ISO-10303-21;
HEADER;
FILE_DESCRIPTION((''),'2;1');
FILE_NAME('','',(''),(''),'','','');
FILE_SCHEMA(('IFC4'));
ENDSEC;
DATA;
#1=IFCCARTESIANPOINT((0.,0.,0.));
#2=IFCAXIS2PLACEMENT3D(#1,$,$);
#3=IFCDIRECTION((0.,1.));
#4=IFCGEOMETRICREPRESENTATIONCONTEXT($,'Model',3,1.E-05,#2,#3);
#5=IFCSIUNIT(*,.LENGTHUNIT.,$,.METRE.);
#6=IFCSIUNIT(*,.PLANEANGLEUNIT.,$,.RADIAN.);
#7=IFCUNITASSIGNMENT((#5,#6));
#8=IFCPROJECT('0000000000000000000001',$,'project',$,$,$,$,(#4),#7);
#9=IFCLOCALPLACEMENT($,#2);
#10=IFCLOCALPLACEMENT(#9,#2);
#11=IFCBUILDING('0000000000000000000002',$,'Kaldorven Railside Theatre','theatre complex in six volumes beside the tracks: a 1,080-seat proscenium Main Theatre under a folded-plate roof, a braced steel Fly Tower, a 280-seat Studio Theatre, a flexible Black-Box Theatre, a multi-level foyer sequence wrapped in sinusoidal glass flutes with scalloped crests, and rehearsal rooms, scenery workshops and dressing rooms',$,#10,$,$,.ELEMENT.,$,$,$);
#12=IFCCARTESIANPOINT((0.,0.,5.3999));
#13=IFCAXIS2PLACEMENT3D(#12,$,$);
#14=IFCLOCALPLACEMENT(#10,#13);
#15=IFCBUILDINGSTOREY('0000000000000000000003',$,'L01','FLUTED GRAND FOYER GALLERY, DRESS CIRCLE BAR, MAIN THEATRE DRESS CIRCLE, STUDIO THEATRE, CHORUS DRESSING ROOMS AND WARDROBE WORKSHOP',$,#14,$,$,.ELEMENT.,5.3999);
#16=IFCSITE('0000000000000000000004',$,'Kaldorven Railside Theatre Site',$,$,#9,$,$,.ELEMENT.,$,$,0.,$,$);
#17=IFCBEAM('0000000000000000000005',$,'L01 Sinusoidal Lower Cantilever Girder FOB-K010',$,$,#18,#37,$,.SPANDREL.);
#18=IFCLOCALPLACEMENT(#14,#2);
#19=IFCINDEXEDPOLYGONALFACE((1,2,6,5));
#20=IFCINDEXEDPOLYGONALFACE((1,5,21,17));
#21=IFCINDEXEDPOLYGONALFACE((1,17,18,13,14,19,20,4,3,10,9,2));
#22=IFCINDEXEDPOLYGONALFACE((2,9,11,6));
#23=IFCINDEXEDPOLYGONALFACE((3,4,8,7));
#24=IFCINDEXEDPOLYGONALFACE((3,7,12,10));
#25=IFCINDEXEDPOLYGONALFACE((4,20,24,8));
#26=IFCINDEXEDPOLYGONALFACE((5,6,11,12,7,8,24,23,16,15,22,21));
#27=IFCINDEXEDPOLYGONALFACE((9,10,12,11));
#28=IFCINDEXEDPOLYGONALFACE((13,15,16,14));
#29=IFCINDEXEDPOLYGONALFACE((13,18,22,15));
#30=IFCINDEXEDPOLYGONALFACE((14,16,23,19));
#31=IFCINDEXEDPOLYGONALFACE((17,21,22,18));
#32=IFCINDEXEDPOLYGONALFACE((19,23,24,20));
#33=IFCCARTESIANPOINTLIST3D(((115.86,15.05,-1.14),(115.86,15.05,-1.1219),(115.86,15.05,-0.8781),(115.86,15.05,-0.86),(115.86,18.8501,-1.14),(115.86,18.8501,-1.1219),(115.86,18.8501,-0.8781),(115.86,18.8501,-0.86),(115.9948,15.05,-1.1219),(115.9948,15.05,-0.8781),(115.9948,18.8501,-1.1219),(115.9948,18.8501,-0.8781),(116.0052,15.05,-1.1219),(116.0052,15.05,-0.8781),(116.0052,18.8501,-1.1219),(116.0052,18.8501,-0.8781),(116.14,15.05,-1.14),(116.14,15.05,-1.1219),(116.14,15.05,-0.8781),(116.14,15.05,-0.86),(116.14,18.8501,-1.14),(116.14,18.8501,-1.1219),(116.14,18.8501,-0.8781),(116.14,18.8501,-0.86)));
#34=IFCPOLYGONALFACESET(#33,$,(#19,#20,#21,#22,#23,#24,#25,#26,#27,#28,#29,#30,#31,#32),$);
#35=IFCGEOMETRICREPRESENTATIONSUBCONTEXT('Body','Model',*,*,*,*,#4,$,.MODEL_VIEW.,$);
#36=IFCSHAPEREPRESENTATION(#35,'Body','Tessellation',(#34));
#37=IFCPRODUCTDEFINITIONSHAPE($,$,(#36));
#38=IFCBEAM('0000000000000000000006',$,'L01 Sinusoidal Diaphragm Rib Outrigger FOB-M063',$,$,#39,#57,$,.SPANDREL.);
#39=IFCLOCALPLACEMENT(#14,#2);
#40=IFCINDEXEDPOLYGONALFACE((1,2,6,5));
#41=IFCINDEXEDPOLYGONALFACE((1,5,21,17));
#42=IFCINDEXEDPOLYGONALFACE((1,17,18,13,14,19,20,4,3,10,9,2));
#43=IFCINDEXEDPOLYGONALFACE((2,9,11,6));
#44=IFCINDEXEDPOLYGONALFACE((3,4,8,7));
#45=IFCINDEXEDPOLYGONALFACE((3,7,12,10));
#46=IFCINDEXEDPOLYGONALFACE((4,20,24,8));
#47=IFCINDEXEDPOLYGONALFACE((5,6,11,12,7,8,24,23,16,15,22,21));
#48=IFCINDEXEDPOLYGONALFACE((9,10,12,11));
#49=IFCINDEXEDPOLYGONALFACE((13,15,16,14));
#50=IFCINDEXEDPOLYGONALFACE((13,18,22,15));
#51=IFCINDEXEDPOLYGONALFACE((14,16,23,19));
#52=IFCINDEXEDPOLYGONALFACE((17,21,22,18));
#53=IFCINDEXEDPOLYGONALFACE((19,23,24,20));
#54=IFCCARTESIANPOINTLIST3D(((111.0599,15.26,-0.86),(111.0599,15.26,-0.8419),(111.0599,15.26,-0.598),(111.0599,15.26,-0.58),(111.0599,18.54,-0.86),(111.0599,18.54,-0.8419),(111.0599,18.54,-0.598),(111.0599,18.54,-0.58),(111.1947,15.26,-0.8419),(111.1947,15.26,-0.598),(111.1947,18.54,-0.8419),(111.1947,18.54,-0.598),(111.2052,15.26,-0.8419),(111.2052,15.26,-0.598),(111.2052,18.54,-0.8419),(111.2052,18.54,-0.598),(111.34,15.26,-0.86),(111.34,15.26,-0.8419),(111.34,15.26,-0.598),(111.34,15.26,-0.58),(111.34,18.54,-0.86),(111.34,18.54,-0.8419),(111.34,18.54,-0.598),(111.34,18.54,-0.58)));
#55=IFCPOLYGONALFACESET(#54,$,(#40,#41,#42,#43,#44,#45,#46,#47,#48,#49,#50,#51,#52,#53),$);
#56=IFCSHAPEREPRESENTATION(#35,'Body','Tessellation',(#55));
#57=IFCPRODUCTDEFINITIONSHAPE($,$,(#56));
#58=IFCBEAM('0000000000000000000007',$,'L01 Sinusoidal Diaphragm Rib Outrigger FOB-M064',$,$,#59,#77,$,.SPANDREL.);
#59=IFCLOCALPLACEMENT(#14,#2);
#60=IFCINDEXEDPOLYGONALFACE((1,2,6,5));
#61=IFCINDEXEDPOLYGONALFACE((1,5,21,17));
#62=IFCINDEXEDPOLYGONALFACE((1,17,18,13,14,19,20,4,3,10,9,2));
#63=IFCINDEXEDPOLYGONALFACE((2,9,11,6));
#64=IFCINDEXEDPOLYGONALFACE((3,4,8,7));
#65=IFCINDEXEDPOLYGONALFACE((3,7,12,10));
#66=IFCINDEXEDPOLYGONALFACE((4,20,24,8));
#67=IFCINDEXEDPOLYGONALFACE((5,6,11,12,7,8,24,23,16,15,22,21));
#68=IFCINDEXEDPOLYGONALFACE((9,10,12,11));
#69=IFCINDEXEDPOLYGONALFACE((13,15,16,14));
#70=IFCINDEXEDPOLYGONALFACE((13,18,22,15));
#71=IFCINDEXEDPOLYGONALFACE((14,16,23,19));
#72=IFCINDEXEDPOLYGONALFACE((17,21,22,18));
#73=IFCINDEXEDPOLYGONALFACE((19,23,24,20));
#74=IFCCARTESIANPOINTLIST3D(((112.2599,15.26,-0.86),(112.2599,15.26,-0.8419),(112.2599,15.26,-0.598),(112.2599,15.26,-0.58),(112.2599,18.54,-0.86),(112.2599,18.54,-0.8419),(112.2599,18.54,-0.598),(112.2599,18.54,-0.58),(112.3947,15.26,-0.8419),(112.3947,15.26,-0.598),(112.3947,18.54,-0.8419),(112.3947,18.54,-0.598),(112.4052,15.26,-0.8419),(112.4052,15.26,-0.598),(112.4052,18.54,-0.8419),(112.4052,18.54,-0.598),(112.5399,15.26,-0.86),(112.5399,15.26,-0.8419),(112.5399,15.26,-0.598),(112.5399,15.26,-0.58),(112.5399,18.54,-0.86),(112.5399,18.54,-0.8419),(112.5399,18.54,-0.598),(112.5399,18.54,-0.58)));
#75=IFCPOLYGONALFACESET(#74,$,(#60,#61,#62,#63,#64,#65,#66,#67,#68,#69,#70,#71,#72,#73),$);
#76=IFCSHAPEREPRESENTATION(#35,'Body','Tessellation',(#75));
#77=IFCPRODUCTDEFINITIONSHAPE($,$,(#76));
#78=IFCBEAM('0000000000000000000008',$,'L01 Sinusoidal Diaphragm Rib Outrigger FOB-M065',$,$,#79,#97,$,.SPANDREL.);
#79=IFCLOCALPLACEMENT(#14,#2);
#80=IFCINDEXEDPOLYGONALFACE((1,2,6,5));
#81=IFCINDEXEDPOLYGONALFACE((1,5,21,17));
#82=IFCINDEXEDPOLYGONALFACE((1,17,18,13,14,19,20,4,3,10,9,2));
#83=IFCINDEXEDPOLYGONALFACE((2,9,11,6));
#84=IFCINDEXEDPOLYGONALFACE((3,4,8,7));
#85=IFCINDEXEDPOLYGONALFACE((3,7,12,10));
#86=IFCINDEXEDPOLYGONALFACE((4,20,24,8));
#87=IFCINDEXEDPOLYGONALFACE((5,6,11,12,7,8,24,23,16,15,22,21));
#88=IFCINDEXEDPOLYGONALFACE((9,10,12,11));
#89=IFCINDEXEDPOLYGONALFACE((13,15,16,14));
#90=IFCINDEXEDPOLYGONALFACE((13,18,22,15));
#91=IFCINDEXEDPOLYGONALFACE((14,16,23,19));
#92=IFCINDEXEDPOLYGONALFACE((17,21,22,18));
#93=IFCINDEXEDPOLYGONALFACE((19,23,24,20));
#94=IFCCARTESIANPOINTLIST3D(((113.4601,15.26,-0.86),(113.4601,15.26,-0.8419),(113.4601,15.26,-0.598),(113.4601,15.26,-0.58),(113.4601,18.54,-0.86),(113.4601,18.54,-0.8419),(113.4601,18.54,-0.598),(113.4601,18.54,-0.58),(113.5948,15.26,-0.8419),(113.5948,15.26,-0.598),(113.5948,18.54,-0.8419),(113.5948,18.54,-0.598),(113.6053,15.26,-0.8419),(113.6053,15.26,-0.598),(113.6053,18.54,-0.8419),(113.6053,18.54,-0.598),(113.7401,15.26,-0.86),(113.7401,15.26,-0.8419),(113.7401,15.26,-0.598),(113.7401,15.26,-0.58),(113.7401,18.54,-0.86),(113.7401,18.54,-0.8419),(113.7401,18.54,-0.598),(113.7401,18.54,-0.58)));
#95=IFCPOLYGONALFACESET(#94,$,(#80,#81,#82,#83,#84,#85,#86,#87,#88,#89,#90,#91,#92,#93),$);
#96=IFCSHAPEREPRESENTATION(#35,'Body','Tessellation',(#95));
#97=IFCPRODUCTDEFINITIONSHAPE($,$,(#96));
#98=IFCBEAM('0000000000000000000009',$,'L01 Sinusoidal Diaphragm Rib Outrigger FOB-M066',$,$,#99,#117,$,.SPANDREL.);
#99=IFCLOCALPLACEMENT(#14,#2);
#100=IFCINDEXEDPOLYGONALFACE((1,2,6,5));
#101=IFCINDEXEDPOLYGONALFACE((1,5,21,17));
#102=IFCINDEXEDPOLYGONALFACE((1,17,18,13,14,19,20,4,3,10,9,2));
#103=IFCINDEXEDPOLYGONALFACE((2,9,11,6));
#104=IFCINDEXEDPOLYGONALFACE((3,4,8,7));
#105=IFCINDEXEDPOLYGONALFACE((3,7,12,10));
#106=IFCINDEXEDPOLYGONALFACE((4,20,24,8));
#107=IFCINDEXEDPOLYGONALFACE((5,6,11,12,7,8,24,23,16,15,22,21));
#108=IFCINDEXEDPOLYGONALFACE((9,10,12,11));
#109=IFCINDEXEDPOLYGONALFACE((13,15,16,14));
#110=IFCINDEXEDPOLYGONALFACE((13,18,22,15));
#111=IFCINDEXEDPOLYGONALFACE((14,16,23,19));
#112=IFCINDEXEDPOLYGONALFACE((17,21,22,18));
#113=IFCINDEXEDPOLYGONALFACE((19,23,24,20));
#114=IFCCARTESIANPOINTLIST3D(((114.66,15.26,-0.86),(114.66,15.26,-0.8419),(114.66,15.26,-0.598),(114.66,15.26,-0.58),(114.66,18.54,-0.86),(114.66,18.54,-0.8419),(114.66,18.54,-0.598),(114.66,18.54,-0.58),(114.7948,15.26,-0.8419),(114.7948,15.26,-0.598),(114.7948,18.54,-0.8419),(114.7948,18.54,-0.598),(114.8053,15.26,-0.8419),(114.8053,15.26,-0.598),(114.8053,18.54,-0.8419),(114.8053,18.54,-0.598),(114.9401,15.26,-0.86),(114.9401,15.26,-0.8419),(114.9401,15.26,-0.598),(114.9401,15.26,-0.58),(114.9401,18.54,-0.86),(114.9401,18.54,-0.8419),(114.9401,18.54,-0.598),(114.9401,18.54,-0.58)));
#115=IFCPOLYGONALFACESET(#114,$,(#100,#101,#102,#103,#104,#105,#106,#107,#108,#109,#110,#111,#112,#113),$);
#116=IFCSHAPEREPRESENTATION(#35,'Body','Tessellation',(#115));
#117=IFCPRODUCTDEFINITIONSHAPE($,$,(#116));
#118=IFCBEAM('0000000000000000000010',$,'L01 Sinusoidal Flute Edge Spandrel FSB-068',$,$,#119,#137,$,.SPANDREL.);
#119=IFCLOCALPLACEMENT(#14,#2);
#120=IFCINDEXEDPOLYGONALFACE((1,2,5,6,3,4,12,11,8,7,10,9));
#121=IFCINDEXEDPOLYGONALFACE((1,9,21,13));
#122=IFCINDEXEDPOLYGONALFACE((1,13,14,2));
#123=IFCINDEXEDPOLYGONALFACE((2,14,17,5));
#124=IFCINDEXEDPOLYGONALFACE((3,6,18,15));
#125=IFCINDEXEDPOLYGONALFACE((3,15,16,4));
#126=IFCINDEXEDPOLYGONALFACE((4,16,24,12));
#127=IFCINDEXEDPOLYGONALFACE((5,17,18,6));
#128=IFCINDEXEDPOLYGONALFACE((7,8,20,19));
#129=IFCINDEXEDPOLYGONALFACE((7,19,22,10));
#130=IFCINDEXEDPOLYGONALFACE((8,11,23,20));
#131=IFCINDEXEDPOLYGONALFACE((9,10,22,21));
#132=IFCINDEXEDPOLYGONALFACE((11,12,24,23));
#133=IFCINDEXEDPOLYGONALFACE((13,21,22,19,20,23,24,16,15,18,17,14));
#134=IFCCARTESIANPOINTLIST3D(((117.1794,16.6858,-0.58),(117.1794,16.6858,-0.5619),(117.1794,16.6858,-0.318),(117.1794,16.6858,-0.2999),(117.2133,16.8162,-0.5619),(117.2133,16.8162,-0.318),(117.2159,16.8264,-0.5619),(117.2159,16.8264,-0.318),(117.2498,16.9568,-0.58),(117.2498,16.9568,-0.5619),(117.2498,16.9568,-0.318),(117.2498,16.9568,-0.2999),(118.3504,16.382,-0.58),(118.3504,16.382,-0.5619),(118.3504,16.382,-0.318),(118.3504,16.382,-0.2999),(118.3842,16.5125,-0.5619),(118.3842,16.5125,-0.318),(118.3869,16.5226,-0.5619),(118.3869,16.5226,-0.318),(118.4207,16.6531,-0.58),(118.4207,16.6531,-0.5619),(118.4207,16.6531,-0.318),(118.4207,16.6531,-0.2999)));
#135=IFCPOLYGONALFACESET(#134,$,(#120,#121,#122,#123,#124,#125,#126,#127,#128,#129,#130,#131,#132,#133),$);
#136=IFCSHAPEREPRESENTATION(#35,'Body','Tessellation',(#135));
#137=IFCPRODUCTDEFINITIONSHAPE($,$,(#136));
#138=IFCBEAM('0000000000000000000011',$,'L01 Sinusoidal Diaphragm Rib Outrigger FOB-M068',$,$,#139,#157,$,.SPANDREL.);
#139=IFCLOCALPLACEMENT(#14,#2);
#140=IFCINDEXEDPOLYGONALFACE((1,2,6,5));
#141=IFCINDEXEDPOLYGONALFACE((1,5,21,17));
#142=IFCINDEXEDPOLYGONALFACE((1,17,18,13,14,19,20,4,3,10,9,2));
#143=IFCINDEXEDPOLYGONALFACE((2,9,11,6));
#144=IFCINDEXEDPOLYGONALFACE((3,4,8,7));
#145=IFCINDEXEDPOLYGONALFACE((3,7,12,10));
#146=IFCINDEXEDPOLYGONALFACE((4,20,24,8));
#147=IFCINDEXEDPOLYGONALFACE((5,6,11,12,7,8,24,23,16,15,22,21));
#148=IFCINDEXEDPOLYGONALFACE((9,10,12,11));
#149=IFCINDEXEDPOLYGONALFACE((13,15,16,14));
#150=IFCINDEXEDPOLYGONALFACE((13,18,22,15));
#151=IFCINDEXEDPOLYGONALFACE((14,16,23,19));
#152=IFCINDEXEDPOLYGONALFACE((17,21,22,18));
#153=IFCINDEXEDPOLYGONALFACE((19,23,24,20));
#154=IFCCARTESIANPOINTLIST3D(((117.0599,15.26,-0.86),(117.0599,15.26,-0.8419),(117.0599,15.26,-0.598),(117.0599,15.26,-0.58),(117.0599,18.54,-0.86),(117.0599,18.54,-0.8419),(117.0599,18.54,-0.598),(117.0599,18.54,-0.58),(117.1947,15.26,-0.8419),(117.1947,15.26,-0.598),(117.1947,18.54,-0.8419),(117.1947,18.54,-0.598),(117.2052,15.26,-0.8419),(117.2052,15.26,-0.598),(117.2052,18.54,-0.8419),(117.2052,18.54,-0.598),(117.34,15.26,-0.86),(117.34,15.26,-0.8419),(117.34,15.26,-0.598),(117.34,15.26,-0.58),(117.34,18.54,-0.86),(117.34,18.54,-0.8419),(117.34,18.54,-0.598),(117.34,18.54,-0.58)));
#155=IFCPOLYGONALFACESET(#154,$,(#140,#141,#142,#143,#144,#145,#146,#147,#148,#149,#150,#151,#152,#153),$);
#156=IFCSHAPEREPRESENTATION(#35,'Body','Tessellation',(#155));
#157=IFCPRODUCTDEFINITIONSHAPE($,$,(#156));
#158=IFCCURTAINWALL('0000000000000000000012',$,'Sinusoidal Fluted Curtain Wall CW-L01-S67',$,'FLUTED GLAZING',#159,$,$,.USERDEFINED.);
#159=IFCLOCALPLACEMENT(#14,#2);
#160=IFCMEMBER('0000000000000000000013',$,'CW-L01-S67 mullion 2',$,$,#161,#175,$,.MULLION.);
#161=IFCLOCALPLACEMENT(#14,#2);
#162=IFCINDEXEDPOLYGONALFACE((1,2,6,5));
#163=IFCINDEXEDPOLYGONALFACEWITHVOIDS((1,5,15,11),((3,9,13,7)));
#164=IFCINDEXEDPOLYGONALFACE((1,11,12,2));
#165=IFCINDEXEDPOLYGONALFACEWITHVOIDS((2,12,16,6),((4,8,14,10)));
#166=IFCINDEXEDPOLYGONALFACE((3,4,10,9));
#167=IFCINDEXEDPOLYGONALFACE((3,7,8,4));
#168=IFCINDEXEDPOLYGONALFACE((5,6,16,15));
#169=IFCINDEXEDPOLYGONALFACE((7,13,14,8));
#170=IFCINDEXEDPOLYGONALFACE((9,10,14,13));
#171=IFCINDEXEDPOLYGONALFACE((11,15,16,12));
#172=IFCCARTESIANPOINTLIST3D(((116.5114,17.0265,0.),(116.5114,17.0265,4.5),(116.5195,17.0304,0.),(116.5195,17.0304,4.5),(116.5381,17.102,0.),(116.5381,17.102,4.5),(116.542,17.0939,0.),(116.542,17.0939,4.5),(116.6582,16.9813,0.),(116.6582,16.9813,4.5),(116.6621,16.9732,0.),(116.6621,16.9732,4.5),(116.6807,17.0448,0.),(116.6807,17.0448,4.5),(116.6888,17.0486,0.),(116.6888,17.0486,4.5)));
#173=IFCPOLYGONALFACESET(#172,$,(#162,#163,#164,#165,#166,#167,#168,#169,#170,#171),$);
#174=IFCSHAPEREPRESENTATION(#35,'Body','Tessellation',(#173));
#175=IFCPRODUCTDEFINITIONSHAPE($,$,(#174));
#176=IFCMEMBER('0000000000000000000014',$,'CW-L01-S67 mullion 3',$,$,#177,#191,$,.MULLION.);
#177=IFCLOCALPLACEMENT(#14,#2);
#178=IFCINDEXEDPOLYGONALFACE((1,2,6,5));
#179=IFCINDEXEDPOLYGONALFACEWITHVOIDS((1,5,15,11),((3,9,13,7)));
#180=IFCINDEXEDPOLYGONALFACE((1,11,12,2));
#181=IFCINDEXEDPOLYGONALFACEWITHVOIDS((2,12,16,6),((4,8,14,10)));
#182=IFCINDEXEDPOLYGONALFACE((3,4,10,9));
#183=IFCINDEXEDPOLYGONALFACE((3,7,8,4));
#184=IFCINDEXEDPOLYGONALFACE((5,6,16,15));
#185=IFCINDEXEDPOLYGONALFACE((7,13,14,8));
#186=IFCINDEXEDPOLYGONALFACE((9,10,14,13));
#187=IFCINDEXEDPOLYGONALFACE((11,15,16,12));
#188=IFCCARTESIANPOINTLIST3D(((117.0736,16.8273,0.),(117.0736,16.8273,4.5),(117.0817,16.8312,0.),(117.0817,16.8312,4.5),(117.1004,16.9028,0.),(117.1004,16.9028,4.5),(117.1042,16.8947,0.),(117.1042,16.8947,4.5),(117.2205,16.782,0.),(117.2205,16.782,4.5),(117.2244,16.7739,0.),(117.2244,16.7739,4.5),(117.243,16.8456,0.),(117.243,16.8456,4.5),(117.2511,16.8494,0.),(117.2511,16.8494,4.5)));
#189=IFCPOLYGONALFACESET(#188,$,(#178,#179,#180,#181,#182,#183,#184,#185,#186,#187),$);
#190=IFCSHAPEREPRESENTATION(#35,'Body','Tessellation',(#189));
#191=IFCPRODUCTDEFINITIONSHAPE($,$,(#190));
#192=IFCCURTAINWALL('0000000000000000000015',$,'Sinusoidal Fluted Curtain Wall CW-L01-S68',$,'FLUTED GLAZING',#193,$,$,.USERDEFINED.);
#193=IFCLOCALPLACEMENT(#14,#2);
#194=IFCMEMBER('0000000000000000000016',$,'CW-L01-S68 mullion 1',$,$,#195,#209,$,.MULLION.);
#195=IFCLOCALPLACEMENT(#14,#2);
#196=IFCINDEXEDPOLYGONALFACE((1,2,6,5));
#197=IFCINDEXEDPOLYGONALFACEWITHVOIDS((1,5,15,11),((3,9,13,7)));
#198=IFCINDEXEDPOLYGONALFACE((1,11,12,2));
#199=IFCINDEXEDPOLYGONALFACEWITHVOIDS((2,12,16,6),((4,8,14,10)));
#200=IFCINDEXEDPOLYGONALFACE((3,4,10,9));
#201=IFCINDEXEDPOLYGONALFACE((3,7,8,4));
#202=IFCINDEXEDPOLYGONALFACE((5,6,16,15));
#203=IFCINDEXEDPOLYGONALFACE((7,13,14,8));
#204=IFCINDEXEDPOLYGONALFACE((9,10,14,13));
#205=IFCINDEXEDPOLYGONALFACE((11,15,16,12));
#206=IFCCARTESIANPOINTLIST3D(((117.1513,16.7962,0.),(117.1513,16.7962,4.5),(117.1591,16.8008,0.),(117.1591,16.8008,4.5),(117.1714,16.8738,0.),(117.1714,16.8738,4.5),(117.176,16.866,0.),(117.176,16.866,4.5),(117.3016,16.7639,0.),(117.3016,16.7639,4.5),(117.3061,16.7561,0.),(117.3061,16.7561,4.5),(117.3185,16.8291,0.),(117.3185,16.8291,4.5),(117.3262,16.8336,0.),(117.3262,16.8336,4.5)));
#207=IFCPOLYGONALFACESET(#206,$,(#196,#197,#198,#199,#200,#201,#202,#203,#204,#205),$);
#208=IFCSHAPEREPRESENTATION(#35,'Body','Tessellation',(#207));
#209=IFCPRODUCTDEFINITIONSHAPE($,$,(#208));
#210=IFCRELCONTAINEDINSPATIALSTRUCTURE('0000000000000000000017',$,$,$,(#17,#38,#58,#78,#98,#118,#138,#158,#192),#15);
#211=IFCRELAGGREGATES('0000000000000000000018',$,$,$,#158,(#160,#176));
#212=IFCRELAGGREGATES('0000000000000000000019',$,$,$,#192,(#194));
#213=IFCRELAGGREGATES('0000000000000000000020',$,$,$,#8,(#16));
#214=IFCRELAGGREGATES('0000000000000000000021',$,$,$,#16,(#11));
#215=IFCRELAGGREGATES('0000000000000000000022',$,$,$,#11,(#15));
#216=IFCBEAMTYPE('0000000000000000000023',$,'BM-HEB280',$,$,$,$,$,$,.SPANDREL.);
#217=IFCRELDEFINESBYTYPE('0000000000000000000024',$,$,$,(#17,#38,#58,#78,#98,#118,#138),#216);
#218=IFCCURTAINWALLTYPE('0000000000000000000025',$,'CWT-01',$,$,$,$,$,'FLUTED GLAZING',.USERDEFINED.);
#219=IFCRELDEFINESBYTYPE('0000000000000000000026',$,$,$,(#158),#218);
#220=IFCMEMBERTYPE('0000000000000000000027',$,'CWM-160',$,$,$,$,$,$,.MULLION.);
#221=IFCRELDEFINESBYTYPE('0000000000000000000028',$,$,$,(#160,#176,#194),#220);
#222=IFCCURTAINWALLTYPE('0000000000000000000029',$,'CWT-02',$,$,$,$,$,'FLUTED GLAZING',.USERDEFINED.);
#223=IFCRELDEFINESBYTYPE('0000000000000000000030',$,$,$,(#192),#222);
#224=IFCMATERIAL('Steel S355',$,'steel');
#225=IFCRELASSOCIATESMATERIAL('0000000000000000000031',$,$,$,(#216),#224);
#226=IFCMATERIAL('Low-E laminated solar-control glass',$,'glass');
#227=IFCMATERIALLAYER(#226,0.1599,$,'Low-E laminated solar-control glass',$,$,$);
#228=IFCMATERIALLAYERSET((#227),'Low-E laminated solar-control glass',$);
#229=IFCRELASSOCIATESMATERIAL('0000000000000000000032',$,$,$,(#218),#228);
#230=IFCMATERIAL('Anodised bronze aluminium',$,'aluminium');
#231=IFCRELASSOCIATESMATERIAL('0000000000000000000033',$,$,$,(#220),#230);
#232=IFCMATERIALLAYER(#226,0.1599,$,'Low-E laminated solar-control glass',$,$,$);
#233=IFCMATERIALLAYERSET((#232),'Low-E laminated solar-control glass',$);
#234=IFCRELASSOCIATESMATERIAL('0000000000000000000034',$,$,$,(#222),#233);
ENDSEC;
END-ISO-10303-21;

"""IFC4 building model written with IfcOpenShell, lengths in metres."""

from ifc_helpers import new_model, si_unit, direction, frame, origin, origin_2d, place, context, subcontext, project, spatial, hollow_rectangle, i_section, extrude, material, layer, layer_set, material_profile, profile_set, type_object, element, aggregate, save


model = new_model("IFC4")

# Units and contexts
model_context = context("Model", 3, precision=1e-05, world=origin(), true_north=direction((0.0, 1.0)))
body_context = subcontext(model_context, "Body", "Model", "MODEL_VIEW")
ifc_project = project(units=[si_unit("LENGTHUNIT", "METRE"), si_unit("PLANEANGLEUNIT", "RADIAN")], contexts=[model_context])

# Site, building, storey
site_placement = place(None, origin())
site = spatial("IfcSite", under=ifc_project, at=site_placement, Name="Kaldorven Railside Theatre Site", CompositionType="ELEMENT", RefElevation=0.0)
building_placement = place(site_placement, origin())
building = spatial("IfcBuilding", under=site, at=building_placement, Name="Kaldorven Railside Theatre", Description="theatre complex in six volumes beside the tracks: a 1,080-seat proscenium Main Theatre under a folded-plate roof, a braced steel Fly Tower, a 280-seat Studio Theatre, a flexible Black-Box Theatre, a multi-level foyer sequence wrapped in sinusoidal glass flutes with scalloped crests, and rehearsal rooms, scenery workshops and dressing rooms", CompositionType="ELEMENT")
storey_placement = place(building_placement, frame((0.0, 0.0, 5.3999)))
storey = spatial("IfcBuildingStorey", under=building, at=storey_placement, Name="L01", Description="FLUTED GRAND FOYER GALLERY, DRESS CIRCLE BAR, MAIN THEATRE DRESS CIRCLE, STUDIO THEATRE, CHORUS DRESSING ROOMS AND WARDROBE WORKSHOP", CompositionType="ELEMENT", Elevation=5.3999)

# Beams
ifc_material_1 = material(Name="Steel S355", Category="steel")
ifc_material_profile_1 = material_profile(ifc_material_1, i_section(OverallWidth=0.28, OverallDepth=0.28, WebThickness=0.0105, FlangeThickness=0.0181, at=origin_2d()), Name="HEB 280")
ifc_profile_set_1 = profile_set([ifc_material_profile_1], Name="Steel S355")
beam_type = type_object("IfcBeamType", Name="BM-HEB280", PredefinedType="SPANDREL", material=ifc_profile_set_1)
beam_1_placement = place(storey_placement, frame((116.0, 15.05, -1.0), z_axis=(0.0, 1.0, 0.0), x_axis=(-1.0, 0.0, 0.0)))
element("IfcBeam", 1, at=beam_1_placement, inside=storey, type_object=beam_type, Name="L01 Sinusoidal Lower Cantilever Girder FOB-K010", PredefinedType="SPANDREL", context=body_context, shape_type="SweptSolid", body=[
    extrude(i_section(OverallWidth=0.28, OverallDepth=0.28, WebThickness=0.0105, FlangeThickness=0.0181, at=origin_2d()), origin(), (0.0, 0.0, 1.0), 3.8),
])
for number, where, z_axis, x_axis, name in (
    (2, (111.2, 15.26, -0.72), (0.0, 1.0, 0.0), (-1.0, 0.0, 0.0), "L01 Sinusoidal Diaphragm Rib Outrigger FOB-M063"),
    (3, (112.3999, 15.26, -0.72), (0.0, 1.0, 0.0), (-1.0, 0.0, 0.0), "L01 Sinusoidal Diaphragm Rib Outrigger FOB-M064"),
    (4, (113.6001, 15.26, -0.72), (0.0, 1.0, 0.0), (-1.0, 0.0, 0.0), "L01 Sinusoidal Diaphragm Rib Outrigger FOB-M065"),
    (5, (114.8, 15.26, -0.72), (0.0, 1.0, 0.0), (-1.0, 0.0, 0.0), "L01 Sinusoidal Diaphragm Rib Outrigger FOB-M066"),
):
    element("IfcBeam", number, at=place(storey_placement, frame(where, z_axis=z_axis, x_axis=x_axis)), inside=storey, type_object=beam_type, Name=name, PredefinedType="SPANDREL", context=body_context, shape_type="SweptSolid", body=[
        extrude(i_section(OverallWidth=0.28, OverallDepth=0.28, WebThickness=0.0105, FlangeThickness=0.0181, at=origin_2d()), origin(), (0.0, 0.0, 1.0), 3.28),
    ])
beam_2_placement = place(storey_placement, frame((117.2146, 16.8213, -0.4399), z_axis=(0.967968, -0.251074, 0.0), x_axis=(0.251074, 0.967968, 0.0)))
element("IfcBeam", 6, at=beam_2_placement, inside=storey, type_object=beam_type, Name="L01 Sinusoidal Flute Edge Spandrel FSB-068", PredefinedType="SPANDREL", context=body_context, shape_type="SweptSolid", body=[
    extrude(i_section(OverallWidth=0.28, OverallDepth=0.28, WebThickness=0.0105, FlangeThickness=0.0181, at=origin_2d()), origin(), (0.0, 0.0, 1.0), 1.2097),
])
beam_3_placement = place(storey_placement, frame((117.2, 15.26, -0.72), z_axis=(0.0, 1.0, 0.0), x_axis=(-1.0, 0.0, 0.0)))
element("IfcBeam", 7, at=beam_3_placement, inside=storey, type_object=beam_type, Name="L01 Sinusoidal Diaphragm Rib Outrigger FOB-M068", PredefinedType="SPANDREL", context=body_context, shape_type="SweptSolid", body=[
    extrude(i_section(OverallWidth=0.28, OverallDepth=0.28, WebThickness=0.0105, FlangeThickness=0.0181, at=origin_2d()), origin(), (0.0, 0.0, 1.0), 3.28),
])

# Curtain wall, members
ifc_material_2 = material(Name="Low-E laminated solar-control glass", Category="glass")
ifc_layer_1 = layer(ifc_material_2, 0.1599, Name="Low-E laminated solar-control glass")
ifc_layer_set_1 = layer_set([ifc_layer_1], Name="Low-E laminated solar-control glass")
curtain_wall_type_1 = type_object("IfcCurtainWallType", Name="CWT-01", ElementType="FLUTED GLAZING", PredefinedType="USERDEFINED", material=ifc_layer_set_1)
curtain_wall_1_placement = place(storey_placement, origin())
curtain_wall_1 = element("IfcCurtainWall", 8, at=curtain_wall_1_placement, inside=storey, type_object=curtain_wall_type_1, Name="Sinusoidal Fluted Curtain Wall CW-L01-S67", ObjectType="FLUTED GLAZING", PredefinedType="USERDEFINED")
ifc_material_3 = material(Name="Anodised bronze aluminium", Category="aluminium")
ifc_material_profile_2 = material_profile(ifc_material_3, hollow_rectangle(XDim=0.0801, YDim=0.1599, WallThickness=0.0063, at=origin_2d()), Name="RHS 160x80x6.3")
ifc_profile_set_2 = profile_set([ifc_material_profile_2], Name="Anodised bronze aluminium")
member_type_1 = type_object("IfcMemberType", Name="CWM-160", PredefinedType="MULLION", material=ifc_profile_set_2)
member_1_placement = place(storey_placement, frame((116.6001, 17.0376, 0.0), z_axis=(0.0, 0.0, 1.0), x_axis=(0.333847, 0.942627, 0.0)))
member_1 = element("IfcMember", 9, at=member_1_placement, type_object=member_type_1, Name="CW-L01-S67 mullion 2", PredefinedType="MULLION", context=body_context, shape_type="SweptSolid", body=[
    extrude(hollow_rectangle(XDim=0.0801, YDim=0.1599, WallThickness=0.0063, at=origin_2d()), origin(), (0.0, 0.0, 1.0), 4.5),
])
member_2_placement = place(storey_placement, frame((117.1624, 16.8384, 0.0), z_axis=(0.0, 0.0, 1.0), x_axis=(0.333847, 0.942627, 0.0)))
member_2 = element("IfcMember", 10, at=member_2_placement, type_object=member_type_1, Name="CW-L01-S67 mullion 3", PredefinedType="MULLION", context=body_context, shape_type="SweptSolid", body=[
    extrude(hollow_rectangle(XDim=0.0801, YDim=0.1599, WallThickness=0.0063, at=origin_2d()), origin(), (0.0, 0.0, 1.0), 4.5),
])

# Curtain wall, member
ifc_layer_2 = layer(ifc_material_2, 0.1599, Name="Low-E laminated solar-control glass")
ifc_layer_set_2 = layer_set([ifc_layer_2], Name="Low-E laminated solar-control glass")
curtain_wall_type_2 = type_object("IfcCurtainWallType", Name="CWT-02", ElementType="FLUTED GLAZING", PredefinedType="USERDEFINED", material=ifc_layer_set_2)
curtain_wall_2_placement = place(storey_placement, origin())
curtain_wall_2 = element("IfcCurtainWall", 11, at=curtain_wall_2_placement, inside=storey, type_object=curtain_wall_type_2, Name="Sinusoidal Fluted Curtain Wall CW-L01-S68", ObjectType="FLUTED GLAZING", PredefinedType="USERDEFINED")
member_3_placement = place(storey_placement, frame((117.2388, 16.8149, 0.0), z_axis=(0.0, 0.0, 1.0), x_axis=(0.250954, 0.967999, 0.0)))
member_3 = element("IfcMember", 12, at=member_3_placement, type_object=member_type_1, Name="CW-L01-S68 mullion 1", PredefinedType="MULLION", context=body_context, shape_type="SweptSolid", body=[
    extrude(hollow_rectangle(XDim=0.0801, YDim=0.1599, WallThickness=0.0063, at=origin_2d()), origin(), (0.0, 0.0, 1.0), 4.5),
])

aggregate(curtain_wall_1, [member_1, member_2])
aggregate(curtain_wall_2, [member_3])

save(model, "model.ifc")
